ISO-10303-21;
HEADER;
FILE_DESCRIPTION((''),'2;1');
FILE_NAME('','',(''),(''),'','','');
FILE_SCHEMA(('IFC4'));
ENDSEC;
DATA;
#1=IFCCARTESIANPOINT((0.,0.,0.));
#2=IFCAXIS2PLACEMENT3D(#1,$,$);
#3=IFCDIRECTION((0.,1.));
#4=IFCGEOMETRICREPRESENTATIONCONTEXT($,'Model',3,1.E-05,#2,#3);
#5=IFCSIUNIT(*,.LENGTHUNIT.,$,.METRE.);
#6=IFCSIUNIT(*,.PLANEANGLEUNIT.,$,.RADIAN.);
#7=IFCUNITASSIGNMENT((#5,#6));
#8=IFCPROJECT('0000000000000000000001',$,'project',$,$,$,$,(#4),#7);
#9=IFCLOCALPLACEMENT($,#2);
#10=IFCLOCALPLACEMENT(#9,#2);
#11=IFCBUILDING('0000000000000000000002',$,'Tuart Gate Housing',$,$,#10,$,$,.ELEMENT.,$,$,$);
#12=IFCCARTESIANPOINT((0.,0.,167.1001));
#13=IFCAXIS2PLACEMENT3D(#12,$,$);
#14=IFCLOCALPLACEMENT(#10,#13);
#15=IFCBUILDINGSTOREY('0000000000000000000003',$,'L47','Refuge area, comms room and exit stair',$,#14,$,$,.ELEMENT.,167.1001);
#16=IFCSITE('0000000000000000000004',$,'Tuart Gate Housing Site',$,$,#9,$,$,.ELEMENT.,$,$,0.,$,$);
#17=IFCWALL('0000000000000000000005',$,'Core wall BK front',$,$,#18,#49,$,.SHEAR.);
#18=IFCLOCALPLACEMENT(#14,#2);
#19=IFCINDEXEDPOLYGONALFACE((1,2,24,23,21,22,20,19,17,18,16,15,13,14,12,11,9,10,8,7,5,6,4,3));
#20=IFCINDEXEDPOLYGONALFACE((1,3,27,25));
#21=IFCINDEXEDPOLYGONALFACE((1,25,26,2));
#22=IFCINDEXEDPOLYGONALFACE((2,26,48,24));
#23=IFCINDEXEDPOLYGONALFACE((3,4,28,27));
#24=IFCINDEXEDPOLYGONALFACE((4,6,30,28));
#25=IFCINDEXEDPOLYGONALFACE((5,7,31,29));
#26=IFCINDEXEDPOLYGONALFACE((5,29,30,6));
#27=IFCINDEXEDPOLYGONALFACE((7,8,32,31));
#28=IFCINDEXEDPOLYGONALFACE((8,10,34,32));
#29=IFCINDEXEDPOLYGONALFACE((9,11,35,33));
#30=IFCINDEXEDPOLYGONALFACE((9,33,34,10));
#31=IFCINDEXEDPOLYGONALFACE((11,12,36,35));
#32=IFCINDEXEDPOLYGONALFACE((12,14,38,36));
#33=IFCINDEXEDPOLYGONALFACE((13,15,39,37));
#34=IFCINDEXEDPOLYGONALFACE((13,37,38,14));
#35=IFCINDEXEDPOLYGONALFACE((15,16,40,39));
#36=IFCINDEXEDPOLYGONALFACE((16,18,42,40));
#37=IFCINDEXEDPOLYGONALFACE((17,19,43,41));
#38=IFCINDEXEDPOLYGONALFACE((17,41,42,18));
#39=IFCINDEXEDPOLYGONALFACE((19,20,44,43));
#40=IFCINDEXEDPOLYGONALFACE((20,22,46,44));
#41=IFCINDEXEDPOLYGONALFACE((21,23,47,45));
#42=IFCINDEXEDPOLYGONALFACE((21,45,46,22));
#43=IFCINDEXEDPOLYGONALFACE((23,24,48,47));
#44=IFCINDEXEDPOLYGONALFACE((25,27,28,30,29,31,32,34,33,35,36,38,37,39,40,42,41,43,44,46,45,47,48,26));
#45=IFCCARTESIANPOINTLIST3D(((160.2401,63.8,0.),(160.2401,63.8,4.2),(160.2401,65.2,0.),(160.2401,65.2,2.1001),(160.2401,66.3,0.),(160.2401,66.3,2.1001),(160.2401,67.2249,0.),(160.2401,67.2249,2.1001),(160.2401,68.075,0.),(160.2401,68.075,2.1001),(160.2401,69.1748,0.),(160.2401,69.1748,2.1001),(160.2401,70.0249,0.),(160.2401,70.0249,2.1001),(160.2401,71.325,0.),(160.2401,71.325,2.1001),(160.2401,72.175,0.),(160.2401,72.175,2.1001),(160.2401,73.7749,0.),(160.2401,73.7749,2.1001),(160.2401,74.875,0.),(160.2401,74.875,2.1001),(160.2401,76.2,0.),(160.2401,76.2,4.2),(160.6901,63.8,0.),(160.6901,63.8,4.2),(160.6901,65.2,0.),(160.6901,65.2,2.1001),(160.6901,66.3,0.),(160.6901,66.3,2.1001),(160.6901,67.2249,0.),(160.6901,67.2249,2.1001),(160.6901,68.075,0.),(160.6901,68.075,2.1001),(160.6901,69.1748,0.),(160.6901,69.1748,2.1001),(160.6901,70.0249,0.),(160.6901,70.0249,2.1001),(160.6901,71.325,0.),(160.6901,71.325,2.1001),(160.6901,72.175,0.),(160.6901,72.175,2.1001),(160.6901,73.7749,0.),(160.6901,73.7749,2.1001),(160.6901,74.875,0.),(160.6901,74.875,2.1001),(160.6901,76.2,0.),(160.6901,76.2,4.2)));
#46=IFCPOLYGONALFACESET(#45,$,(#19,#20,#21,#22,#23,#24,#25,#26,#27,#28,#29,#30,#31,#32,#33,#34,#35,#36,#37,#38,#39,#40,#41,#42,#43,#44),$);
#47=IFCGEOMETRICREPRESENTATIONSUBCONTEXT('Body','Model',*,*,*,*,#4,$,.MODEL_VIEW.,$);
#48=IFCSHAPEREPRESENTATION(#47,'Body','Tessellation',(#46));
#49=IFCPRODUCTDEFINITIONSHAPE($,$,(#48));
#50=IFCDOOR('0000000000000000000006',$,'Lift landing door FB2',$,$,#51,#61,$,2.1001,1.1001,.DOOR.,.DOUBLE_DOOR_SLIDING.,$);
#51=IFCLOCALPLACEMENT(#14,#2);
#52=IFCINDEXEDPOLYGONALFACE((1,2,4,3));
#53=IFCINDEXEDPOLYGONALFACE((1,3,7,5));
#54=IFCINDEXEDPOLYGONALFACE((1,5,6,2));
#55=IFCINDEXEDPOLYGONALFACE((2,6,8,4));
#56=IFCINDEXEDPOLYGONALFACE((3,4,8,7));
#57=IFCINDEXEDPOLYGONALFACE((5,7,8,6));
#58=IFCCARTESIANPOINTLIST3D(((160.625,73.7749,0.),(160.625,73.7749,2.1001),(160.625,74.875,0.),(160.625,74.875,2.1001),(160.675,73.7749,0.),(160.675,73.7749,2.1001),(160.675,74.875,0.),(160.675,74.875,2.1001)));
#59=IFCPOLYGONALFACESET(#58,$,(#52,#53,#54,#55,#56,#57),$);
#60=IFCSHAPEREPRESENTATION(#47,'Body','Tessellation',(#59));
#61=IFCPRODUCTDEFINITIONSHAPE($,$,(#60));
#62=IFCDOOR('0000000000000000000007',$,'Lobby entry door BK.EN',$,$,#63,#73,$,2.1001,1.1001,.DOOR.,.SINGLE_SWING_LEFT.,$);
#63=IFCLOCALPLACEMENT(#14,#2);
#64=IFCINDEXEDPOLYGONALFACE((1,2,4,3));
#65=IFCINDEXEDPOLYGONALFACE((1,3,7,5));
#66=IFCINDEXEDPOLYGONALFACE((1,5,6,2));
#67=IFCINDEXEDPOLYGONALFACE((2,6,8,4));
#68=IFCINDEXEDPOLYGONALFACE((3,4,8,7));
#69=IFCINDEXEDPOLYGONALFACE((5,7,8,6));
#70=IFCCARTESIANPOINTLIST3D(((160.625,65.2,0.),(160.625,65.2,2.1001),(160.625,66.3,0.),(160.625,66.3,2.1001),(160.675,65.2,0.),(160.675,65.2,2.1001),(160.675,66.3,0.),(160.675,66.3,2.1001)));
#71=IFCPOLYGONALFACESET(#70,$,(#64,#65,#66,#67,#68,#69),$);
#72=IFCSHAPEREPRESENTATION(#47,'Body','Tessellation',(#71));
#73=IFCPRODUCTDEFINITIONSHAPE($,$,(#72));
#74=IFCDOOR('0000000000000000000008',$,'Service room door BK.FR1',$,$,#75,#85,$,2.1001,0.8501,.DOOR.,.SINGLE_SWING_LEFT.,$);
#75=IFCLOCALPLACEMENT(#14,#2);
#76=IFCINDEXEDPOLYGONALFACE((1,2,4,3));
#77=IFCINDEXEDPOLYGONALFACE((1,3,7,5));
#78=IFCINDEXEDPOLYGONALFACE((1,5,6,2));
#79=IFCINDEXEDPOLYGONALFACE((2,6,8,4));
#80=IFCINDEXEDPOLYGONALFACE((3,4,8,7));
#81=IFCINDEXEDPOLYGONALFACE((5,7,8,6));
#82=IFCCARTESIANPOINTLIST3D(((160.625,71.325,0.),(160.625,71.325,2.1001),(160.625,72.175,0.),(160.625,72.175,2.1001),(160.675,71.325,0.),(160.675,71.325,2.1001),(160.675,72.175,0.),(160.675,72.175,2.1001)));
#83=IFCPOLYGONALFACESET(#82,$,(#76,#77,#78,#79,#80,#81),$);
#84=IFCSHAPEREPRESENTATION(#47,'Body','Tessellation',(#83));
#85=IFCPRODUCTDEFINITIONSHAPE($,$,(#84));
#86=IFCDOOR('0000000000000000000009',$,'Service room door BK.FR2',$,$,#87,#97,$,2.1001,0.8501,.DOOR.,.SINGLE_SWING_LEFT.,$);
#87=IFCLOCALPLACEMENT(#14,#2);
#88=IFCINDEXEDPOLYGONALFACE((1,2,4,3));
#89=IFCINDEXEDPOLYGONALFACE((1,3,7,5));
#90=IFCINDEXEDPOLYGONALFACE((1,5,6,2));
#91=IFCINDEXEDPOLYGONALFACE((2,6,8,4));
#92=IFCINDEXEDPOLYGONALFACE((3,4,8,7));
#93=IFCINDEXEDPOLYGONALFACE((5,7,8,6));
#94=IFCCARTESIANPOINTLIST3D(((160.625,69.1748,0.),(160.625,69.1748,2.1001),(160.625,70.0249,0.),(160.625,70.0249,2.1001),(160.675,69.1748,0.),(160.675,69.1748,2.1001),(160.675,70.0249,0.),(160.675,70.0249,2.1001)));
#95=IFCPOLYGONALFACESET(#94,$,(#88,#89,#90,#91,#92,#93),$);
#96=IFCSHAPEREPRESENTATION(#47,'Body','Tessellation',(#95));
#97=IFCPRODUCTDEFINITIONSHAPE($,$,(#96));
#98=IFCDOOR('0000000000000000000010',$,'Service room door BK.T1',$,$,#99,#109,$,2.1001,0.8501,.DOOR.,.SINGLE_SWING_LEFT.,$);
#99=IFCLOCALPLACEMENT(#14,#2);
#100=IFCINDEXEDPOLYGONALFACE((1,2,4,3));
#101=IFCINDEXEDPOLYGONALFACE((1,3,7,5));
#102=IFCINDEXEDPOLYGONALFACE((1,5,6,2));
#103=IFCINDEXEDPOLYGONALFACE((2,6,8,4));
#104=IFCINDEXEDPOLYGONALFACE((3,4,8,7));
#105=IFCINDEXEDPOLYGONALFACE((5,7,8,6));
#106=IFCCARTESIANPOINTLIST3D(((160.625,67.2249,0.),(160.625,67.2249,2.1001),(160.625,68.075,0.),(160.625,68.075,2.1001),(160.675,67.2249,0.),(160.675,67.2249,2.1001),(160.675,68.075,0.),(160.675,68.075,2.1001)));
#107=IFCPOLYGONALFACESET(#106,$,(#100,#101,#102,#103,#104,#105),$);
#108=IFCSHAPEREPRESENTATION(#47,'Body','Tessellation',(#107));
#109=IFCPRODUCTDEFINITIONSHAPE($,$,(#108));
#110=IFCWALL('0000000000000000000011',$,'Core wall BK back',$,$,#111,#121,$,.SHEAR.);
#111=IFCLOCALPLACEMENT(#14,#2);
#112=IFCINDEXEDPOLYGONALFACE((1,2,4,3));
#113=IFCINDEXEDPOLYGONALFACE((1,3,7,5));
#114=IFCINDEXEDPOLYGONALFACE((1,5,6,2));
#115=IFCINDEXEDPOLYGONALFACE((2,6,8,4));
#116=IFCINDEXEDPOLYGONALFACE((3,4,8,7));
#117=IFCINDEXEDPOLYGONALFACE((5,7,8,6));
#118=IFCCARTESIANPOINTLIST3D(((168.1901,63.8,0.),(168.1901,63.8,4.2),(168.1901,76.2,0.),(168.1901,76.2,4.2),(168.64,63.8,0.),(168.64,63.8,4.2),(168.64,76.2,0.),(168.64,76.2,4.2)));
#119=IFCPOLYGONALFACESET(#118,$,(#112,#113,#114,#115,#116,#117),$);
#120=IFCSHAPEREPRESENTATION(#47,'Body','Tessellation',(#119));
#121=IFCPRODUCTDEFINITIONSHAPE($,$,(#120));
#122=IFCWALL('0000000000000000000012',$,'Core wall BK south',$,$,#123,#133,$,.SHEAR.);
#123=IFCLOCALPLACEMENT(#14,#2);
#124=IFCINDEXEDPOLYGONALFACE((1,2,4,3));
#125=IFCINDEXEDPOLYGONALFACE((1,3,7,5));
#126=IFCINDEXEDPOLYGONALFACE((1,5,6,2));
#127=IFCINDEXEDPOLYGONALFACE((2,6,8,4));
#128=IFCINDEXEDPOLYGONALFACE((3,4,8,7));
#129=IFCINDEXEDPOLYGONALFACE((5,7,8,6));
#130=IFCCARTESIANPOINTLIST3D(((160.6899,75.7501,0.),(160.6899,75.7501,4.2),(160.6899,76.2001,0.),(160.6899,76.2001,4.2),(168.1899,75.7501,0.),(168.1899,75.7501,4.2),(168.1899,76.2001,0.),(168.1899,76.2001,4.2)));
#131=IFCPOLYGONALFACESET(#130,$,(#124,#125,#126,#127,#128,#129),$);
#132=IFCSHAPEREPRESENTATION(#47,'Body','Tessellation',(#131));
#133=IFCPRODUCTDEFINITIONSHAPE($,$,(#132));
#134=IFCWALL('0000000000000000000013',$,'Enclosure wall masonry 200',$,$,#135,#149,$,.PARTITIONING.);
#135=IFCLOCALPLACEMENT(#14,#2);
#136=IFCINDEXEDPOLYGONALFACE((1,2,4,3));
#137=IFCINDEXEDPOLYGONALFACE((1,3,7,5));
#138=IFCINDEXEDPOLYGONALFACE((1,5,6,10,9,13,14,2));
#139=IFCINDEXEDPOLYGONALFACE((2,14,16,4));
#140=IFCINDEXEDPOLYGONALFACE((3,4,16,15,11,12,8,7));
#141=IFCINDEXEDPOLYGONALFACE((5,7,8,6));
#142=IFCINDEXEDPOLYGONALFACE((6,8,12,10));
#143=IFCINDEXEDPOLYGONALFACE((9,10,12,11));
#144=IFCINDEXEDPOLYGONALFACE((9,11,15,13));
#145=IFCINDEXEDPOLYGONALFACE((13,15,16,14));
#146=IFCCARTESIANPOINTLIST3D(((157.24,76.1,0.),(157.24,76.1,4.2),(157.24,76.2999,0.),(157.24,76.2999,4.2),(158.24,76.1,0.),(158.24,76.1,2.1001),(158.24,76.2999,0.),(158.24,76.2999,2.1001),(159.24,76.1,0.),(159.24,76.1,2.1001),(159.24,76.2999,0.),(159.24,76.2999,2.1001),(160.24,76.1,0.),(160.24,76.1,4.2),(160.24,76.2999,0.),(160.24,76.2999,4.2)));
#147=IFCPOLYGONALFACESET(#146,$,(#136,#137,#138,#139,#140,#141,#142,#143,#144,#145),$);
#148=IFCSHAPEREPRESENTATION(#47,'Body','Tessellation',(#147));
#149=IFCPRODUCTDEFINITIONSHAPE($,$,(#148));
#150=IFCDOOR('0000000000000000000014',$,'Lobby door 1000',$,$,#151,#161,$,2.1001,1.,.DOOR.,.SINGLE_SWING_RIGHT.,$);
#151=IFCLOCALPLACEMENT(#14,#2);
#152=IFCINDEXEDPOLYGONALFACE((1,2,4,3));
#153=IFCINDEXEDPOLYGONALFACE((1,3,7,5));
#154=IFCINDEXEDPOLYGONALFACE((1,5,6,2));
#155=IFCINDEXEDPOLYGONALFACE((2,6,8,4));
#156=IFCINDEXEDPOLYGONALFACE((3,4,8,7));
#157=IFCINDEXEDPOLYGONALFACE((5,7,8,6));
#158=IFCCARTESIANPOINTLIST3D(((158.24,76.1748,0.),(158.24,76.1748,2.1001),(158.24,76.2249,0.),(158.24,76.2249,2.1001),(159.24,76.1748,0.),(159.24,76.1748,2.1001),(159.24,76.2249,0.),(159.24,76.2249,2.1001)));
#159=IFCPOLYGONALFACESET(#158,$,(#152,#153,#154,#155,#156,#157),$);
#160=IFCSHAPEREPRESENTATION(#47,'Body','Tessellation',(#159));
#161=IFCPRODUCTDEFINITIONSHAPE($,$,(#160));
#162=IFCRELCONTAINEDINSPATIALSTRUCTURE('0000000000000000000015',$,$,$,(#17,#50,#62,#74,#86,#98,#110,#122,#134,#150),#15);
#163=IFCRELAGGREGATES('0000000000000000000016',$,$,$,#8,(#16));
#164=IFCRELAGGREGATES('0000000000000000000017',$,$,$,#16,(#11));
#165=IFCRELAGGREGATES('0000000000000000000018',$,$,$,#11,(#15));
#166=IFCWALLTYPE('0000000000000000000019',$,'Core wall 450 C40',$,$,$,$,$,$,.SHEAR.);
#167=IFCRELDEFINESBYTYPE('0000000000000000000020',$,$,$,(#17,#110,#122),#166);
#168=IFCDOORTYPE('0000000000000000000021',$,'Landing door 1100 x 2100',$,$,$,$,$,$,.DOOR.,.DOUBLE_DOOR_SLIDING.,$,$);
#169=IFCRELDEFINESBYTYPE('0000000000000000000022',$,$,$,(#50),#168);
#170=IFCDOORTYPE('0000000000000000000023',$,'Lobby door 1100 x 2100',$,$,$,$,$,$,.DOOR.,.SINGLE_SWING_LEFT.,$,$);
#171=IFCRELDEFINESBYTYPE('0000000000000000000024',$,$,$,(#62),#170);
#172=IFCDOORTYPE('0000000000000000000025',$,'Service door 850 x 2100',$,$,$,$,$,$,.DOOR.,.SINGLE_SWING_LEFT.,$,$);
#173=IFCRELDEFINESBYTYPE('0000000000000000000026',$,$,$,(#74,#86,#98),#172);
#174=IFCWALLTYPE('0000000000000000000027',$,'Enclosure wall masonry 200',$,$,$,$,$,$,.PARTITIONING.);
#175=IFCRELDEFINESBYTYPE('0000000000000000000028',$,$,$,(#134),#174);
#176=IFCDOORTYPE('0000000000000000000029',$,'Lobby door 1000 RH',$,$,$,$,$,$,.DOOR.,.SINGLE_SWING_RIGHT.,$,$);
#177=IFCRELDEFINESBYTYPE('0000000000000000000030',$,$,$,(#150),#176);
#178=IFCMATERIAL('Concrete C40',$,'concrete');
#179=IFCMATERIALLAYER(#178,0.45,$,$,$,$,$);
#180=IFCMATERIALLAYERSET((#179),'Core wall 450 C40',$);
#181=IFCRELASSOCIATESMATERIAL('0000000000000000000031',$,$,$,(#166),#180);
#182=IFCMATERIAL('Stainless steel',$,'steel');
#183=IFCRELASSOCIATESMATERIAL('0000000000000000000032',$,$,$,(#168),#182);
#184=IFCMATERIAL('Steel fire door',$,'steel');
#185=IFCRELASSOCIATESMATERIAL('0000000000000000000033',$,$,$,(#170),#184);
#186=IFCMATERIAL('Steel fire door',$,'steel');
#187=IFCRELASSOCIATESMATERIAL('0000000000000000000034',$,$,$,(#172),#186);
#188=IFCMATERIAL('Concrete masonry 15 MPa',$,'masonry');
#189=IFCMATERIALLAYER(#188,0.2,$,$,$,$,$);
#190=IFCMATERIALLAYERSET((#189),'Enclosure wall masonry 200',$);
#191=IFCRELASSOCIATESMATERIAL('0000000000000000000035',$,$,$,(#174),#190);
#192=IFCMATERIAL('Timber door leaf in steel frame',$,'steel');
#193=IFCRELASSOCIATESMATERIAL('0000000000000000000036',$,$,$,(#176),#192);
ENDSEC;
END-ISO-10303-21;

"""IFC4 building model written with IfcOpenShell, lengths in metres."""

from ifc_helpers import new_model, si_unit, direction, frame, frame_2d, origin, place, context, subcontext, project, spatial, rectangle, extrude, material, layer, layer_set, type_object, element, fill, save


model = new_model("IFC4")

# Units and contexts
model_context = context("Model", 3, precision=1e-05, world=origin(), true_north=direction((0.0, 1.0)))
body_context = subcontext(model_context, "Body", "Model", "MODEL_VIEW")
ifc_project = project(units=[si_unit("LENGTHUNIT", "METRE"), si_unit("PLANEANGLEUNIT", "RADIAN")], contexts=[model_context])

# Site, building, storey
site_placement = place(None, origin())
site = spatial("IfcSite", under=ifc_project, at=site_placement, Name="Tuart Gate Housing Site", CompositionType="ELEMENT", RefElevation=0.0)
building_placement = place(site_placement, origin())
building = spatial("IfcBuilding", under=site, at=building_placement, Name="Tuart Gate Housing", CompositionType="ELEMENT")
storey_placement = place(building_placement, frame((0.0, 0.0, 167.1001)))
storey = spatial("IfcBuildingStorey", under=building, at=storey_placement, Name="L47", Description="Refuge area, comms room and exit stair", CompositionType="ELEMENT", Elevation=167.1001)

# Wall, openings, doors
ifc_material_1 = material(Name="Concrete C40", Category="concrete")
ifc_layer_1 = layer(ifc_material_1, 0.45)
ifc_layer_set_1 = layer_set([ifc_layer_1], Name="Core wall 450 C40")
wall_type_1 = type_object("IfcWallType", Name="Core wall 450 C40", PredefinedType="SHEAR", material=ifc_layer_set_1)
wall_1_placement = place(storey_placement, frame((160.4651, 76.2, 0.0), z_axis=(0.0, 0.0, 1.0), x_axis=(0.0, -1.0, 0.0)))
wall_1 = element("IfcWall", 1, at=wall_1_placement, inside=storey, type_object=wall_type_1, Name="Core wall BK front", PredefinedType="SHEAR", context=body_context, shape_type="SweptSolid", body=[
    extrude(rectangle(XDim=12.3999, YDim=0.45, at=frame_2d((6.2, 0.0))), origin(), (0.0, 0.0, 1.0), 4.2),
])
opening_1_placement = place(wall_1_placement, frame((1.325, 0.0, 0.0)))
opening_1 = element("IfcOpeningElement", 2, at=opening_1_placement, cuts=wall_1, PredefinedType="OPENING", context=body_context, shape_type="SweptSolid", body=[
    extrude(rectangle(XDim=1.1001, YDim=2.1001, at=frame_2d((0.55, 1.05))), frame((0.0, 0.2349, 0.0), z_axis=(0.0, -1.0, 0.0), x_axis=(1.0, 0.0, 0.0)), (0.0, 0.0, 1.0), 0.47),
])
opening_2_placement = place(wall_1_placement, frame((4.0249, 0.0, 0.0)))
opening_2 = element("IfcOpeningElement", 3, at=opening_2_placement, cuts=wall_1, PredefinedType="OPENING", context=body_context, shape_type="SweptSolid", body=[
    extrude(rectangle(XDim=0.8501, YDim=2.1001, at=frame_2d((0.425, 1.05))), frame((0.0, 0.2349, 0.0), z_axis=(0.0, -1.0, 0.0), x_axis=(1.0, 0.0, 0.0)), (0.0, 0.0, 1.0), 0.47),
])
opening_3_placement = place(wall_1_placement, frame((6.175, 0.0, 0.0)))
opening_3 = element("IfcOpeningElement", 4, at=opening_3_placement, cuts=wall_1, PredefinedType="OPENING", context=body_context, shape_type="SweptSolid", body=[
    extrude(rectangle(XDim=0.8501, YDim=2.1001, at=frame_2d((0.425, 1.05))), frame((0.0, 0.2349, 0.0), z_axis=(0.0, -1.0, 0.0), x_axis=(1.0, 0.0, 0.0)), (0.0, 0.0, 1.0), 0.47),
])
opening_4_placement = place(wall_1_placement, frame((9.8999, 0.0, 0.0)))
opening_4 = element("IfcOpeningElement", 5, at=opening_4_placement, cuts=wall_1, PredefinedType="OPENING", context=body_context, shape_type="SweptSolid", body=[
    extrude(rectangle(XDim=1.1001, YDim=2.1001, at=frame_2d((0.55, 1.05))), frame((0.0, 0.2349, 0.0), z_axis=(0.0, -1.0, 0.0), x_axis=(1.0, 0.0, 0.0)), (0.0, 0.0, 1.0), 0.47),
])
opening_5_placement = place(wall_1_placement, frame((8.125, 0.0, 0.0)))
opening_5 = element("IfcOpeningElement", 6, at=opening_5_placement, cuts=wall_1, PredefinedType="OPENING", context=body_context, shape_type="SweptSolid", body=[
    extrude(rectangle(XDim=0.8501, YDim=2.1001, at=frame_2d((0.425, 1.05))), frame((0.0, 0.2349, 0.0), z_axis=(0.0, -1.0, 0.0), x_axis=(1.0, 0.0, 0.0)), (0.0, 0.0, 1.0), 0.47),
])
ifc_material_2 = material(Name="Stainless steel", Category="steel")
door_type_1 = type_object("IfcDoorType", Name="Landing door 1100 x 2100", OperationType="DOUBLE_DOOR_SLIDING", PredefinedType="DOOR", material=ifc_material_2)
door_1_placement = place(opening_1_placement, origin())
door_1 = element("IfcDoor", 7, at=door_1_placement, inside=storey, type_object=door_type_1, Name="Lift landing door FB2", OperationType="DOUBLE_DOOR_SLIDING", OverallHeight=2.1001, OverallWidth=1.1001, PredefinedType="DOOR", context=body_context, shape_type="SweptSolid", body=[
    extrude(rectangle(XDim=1.1001, YDim=2.1001, at=frame_2d((0.55, 1.05))), frame((0.0, 0.21, 0.0), z_axis=(0.0, -1.0, 0.0), x_axis=(1.0, 0.0, 0.0)), (0.0, 0.0, 1.0), 0.05),
])
fill(opening_1, door_1)
ifc_material_3 = material(Name="Steel fire door", Category="steel")
door_type_2 = type_object("IfcDoorType", Name="Lobby door 1100 x 2100", OperationType="SINGLE_SWING_LEFT", PredefinedType="DOOR", material=ifc_material_3)
door_2_placement = place(opening_4_placement, origin())
door_2 = element("IfcDoor", 8, at=door_2_placement, inside=storey, type_object=door_type_2, Name="Lobby entry door BK.EN", OperationType="SINGLE_SWING_LEFT", OverallHeight=2.1001, OverallWidth=1.1001, PredefinedType="DOOR", context=body_context, shape_type="SweptSolid", body=[
    extrude(rectangle(XDim=1.1001, YDim=2.1001, at=frame_2d((0.55, 1.05))), frame((0.0, 0.21, 0.0), z_axis=(0.0, -1.0, 0.0), x_axis=(1.0, 0.0, 0.0)), (0.0, 0.0, 1.0), 0.05),
])
fill(opening_4, door_2)
ifc_material_4 = material(Name="Steel fire door", Category="steel")
door_type_3 = type_object("IfcDoorType", Name="Service door 850 x 2100", OperationType="SINGLE_SWING_LEFT", PredefinedType="DOOR", material=ifc_material_4)
door_3_placement = place(opening_2_placement, origin())
door_3 = element("IfcDoor", 9, at=door_3_placement, inside=storey, type_object=door_type_3, Name="Service room door BK.FR1", OperationType="SINGLE_SWING_LEFT", OverallHeight=2.1001, OverallWidth=0.8501, PredefinedType="DOOR", context=body_context, shape_type="SweptSolid", body=[
    extrude(rectangle(XDim=0.8501, YDim=2.1001, at=frame_2d((0.425, 1.05))), frame((0.0, 0.21, 0.0), z_axis=(0.0, -1.0, 0.0), x_axis=(1.0, 0.0, 0.0)), (0.0, 0.0, 1.0), 0.05),
])
fill(opening_2, door_3)
door_4_placement = place(opening_3_placement, origin())
door_4 = element("IfcDoor", 10, at=door_4_placement, inside=storey, type_object=door_type_3, Name="Service room door BK.FR2", OperationType="SINGLE_SWING_LEFT", OverallHeight=2.1001, OverallWidth=0.8501, PredefinedType="DOOR", context=body_context, shape_type="SweptSolid", body=[
    extrude(rectangle(XDim=0.8501, YDim=2.1001, at=frame_2d((0.425, 1.05))), frame((0.0, 0.21, 0.0), z_axis=(0.0, -1.0, 0.0), x_axis=(1.0, 0.0, 0.0)), (0.0, 0.0, 1.0), 0.05),
])
fill(opening_3, door_4)
door_5_placement = place(opening_5_placement, origin())
door_5 = element("IfcDoor", 11, at=door_5_placement, inside=storey, type_object=door_type_3, Name="Service room door BK.T1", OperationType="SINGLE_SWING_LEFT", OverallHeight=2.1001, OverallWidth=0.8501, PredefinedType="DOOR", context=body_context, shape_type="SweptSolid", body=[
    extrude(rectangle(XDim=0.8501, YDim=2.1001, at=frame_2d((0.425, 1.05))), frame((0.0, 0.21, 0.0), z_axis=(0.0, -1.0, 0.0), x_axis=(1.0, 0.0, 0.0)), (0.0, 0.0, 1.0), 0.05),
])
fill(opening_5, door_5)

# Walls
wall_2_placement = place(storey_placement, frame((168.415, 76.2, 0.0), z_axis=(0.0, 0.0, 1.0), x_axis=(0.0, -1.0, 0.0)))
element("IfcWall", 12, at=wall_2_placement, inside=storey, type_object=wall_type_1, Name="Core wall BK back", PredefinedType="SHEAR", context=body_context, shape_type="SweptSolid", body=[
    extrude(rectangle(XDim=12.3999, YDim=0.45, at=frame_2d((6.2, 0.0))), origin(), (0.0, 0.0, 1.0), 4.2),
])
wall_3_placement = place(storey_placement, frame((160.6899, 75.9751, 0.0), z_axis=(0.0, 0.0, 1.0), x_axis=(1.0, 0.0, 0.0)))
element("IfcWall", 13, at=wall_3_placement, inside=storey, type_object=wall_type_1, Name="Core wall BK south", PredefinedType="SHEAR", context=body_context, shape_type="SweptSolid", body=[
    extrude(rectangle(XDim=7.5, YDim=0.45, at=frame_2d((3.75, 0.0))), origin(), (0.0, 0.0, 1.0), 4.2),
])

# Wall, opening, door
ifc_material_5 = material(Name="Concrete masonry 15 MPa", Category="masonry")
ifc_layer_2 = layer(ifc_material_5, 0.2)
ifc_layer_set_2 = layer_set([ifc_layer_2], Name="Enclosure wall masonry 200")
wall_type_2 = type_object("IfcWallType", Name="Enclosure wall masonry 200", PredefinedType="PARTITIONING", material=ifc_layer_set_2)
wall_4_placement = place(storey_placement, frame((157.24, 76.2, 0.0), z_axis=(0.0, 0.0, 1.0), x_axis=(1.0, 0.0, 0.0)))
wall_4 = element("IfcWall", 14, at=wall_4_placement, inside=storey, type_object=wall_type_2, Name="Enclosure wall masonry 200", PredefinedType="PARTITIONING", context=body_context, shape_type="SweptSolid", body=[
    extrude(rectangle(XDim=3.0, YDim=0.2, at=frame_2d((1.5, 0.0))), origin(), (0.0, 0.0, 1.0), 4.2),
])
opening_6_placement = place(wall_4_placement, frame((1.0, 0.0, 0.0)))
opening_6 = element("IfcOpeningElement", 15, at=opening_6_placement, cuts=wall_4, PredefinedType="OPENING", context=body_context, shape_type="SweptSolid", body=[
    extrude(rectangle(XDim=1.0, YDim=2.1001, at=frame_2d((0.5, 1.05))), frame((0.0, 0.1099, 0.0), z_axis=(0.0, -1.0, 0.0), x_axis=(1.0, 0.0, 0.0)), (0.0, 0.0, 1.0), 0.22),
])
ifc_material_6 = material(Name="Timber door leaf in steel frame", Category="steel")
door_type_4 = type_object("IfcDoorType", Name="Lobby door 1000 RH", OperationType="SINGLE_SWING_RIGHT", PredefinedType="DOOR", material=ifc_material_6)
door_6_placement = place(opening_6_placement, frame((1.0, 0.0, 0.0), z_axis=(0.0, 0.0, 1.0), x_axis=(-1.0, 0.0, 0.0)))
door_6 = element("IfcDoor", 16, at=door_6_placement, inside=storey, type_object=door_type_4, Name="Lobby door 1000", OperationType="SINGLE_SWING_RIGHT", OverallHeight=2.1001, OverallWidth=1.0, PredefinedType="DOOR", context=body_context, shape_type="SweptSolid", body=[
    extrude(rectangle(XDim=1.0, YDim=2.1001, at=frame_2d((0.5, 1.05))), frame((0.0, 0.0251, 0.0), z_axis=(0.0, -1.0, 0.0), x_axis=(1.0, 0.0, 0.0)), (0.0, 0.0, 1.0), 0.05),
])
fill(opening_6, door_6)

save(model, "model.ifc")
